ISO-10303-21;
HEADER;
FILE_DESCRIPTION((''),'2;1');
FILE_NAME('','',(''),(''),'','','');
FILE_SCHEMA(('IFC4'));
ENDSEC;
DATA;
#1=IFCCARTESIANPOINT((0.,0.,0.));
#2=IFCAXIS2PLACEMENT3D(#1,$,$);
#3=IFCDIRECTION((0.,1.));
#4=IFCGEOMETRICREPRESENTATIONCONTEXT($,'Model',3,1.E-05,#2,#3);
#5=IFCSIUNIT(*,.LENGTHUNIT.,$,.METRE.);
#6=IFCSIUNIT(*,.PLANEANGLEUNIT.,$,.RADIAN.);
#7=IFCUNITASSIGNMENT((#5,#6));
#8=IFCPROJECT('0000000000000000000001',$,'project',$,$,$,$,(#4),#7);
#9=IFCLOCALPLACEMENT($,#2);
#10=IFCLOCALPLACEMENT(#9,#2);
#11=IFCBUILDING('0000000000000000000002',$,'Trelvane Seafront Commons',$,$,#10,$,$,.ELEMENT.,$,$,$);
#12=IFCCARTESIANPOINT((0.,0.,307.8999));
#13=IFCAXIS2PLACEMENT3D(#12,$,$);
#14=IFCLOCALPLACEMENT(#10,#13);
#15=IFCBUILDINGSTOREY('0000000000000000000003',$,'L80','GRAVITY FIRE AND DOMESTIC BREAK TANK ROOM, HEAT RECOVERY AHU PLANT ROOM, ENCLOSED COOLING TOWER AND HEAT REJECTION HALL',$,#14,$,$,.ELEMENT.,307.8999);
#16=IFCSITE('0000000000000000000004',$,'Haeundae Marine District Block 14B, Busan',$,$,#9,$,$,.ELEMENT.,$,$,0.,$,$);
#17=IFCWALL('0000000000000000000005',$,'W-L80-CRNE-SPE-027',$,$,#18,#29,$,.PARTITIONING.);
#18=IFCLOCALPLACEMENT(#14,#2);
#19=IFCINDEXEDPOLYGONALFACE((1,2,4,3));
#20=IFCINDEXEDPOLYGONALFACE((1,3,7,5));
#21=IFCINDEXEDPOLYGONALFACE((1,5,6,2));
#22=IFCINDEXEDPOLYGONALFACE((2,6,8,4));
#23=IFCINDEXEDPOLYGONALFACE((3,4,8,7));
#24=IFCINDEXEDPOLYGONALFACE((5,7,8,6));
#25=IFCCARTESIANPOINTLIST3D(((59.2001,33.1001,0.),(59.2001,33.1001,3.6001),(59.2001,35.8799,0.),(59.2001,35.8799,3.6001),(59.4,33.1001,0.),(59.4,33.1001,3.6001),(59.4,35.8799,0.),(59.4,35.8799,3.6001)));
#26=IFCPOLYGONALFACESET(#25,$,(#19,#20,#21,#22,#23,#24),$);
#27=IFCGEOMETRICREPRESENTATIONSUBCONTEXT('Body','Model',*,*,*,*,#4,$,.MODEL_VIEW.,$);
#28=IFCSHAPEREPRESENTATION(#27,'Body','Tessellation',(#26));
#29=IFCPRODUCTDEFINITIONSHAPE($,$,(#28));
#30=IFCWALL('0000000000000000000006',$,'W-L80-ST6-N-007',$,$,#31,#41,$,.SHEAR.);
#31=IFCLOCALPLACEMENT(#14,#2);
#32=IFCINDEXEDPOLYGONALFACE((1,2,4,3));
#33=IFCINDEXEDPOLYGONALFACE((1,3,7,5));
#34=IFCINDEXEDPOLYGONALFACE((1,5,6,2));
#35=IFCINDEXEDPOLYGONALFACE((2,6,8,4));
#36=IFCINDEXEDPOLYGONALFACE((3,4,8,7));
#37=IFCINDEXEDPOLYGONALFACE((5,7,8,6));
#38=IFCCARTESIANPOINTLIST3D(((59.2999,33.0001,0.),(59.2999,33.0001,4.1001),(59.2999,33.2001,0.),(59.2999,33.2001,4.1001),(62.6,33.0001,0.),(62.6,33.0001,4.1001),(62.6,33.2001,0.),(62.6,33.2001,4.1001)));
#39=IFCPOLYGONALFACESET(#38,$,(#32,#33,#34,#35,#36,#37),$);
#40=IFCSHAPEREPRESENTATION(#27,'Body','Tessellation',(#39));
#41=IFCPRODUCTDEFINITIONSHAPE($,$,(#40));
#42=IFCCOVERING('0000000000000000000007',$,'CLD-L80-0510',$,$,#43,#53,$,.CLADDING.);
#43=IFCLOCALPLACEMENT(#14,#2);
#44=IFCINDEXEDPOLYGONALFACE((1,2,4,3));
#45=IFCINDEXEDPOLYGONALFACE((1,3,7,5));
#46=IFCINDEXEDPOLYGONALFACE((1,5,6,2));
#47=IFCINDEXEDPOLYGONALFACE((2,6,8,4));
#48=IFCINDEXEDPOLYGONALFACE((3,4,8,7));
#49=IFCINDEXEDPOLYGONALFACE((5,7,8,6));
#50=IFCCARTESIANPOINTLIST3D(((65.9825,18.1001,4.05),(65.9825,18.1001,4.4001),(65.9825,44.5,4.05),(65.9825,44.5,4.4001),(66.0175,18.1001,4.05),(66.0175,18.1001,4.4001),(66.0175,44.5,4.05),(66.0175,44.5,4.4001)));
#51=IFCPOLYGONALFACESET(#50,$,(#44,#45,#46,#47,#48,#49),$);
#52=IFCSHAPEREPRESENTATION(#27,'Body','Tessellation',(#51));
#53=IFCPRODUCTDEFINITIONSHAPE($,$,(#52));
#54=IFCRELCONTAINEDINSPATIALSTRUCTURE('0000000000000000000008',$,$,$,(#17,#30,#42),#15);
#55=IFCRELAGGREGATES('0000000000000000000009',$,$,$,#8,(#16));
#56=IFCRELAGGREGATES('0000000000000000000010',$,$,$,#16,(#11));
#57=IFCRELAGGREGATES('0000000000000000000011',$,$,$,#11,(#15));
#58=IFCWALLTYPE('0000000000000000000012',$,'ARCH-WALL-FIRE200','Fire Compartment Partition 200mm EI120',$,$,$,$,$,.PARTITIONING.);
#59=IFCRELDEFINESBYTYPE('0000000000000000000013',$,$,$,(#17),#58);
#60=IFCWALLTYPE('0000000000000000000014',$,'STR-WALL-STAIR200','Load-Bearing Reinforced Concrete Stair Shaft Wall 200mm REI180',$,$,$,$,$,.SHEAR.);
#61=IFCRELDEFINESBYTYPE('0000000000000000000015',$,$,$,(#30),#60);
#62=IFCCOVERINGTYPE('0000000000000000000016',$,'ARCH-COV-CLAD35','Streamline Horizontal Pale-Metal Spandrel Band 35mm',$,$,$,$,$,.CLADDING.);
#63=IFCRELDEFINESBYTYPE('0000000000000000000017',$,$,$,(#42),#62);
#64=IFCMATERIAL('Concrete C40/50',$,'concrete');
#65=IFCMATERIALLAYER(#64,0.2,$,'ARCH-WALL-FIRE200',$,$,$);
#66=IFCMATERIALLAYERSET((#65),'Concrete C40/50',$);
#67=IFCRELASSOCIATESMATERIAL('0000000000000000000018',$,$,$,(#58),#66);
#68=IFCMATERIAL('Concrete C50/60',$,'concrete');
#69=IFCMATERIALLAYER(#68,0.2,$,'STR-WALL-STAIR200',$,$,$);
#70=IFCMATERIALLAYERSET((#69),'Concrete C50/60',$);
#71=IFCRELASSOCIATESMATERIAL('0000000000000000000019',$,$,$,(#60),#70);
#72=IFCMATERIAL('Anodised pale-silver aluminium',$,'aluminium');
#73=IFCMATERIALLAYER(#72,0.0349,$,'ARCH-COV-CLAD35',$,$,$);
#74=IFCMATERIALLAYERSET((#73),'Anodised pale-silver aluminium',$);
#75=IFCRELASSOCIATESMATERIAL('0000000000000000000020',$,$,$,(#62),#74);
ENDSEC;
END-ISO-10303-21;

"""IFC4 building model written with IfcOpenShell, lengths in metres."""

from ifc_helpers import new_model, si_unit, direction, frame, frame_2d, origin, origin_2d, place, context, subcontext, project, spatial, rectangle, extrude, source, transform, mapped, material, layer, layer_set, type_object, element, save


model = new_model("IFC4")

# Units and contexts
model_context = context("Model", 3, precision=1e-05, world=origin(), true_north=direction((0.0, 1.0)))
body_context = subcontext(model_context, "Body", "Model", "MODEL_VIEW")
ifc_project = project(units=[si_unit("LENGTHUNIT", "METRE"), si_unit("PLANEANGLEUNIT", "RADIAN")], contexts=[model_context])

# Site, building, storey
site_placement = place(None, origin())
site = spatial("IfcSite", under=ifc_project, at=site_placement, Name="Haeundae Marine District Block 14B, Busan", CompositionType="ELEMENT", RefElevation=0.0)
building_placement = place(site_placement, origin())
building = spatial("IfcBuilding", under=site, at=building_placement, Name="Trelvane Seafront Commons", CompositionType="ELEMENT")
storey_placement = place(building_placement, frame((0.0, 0.0, 307.8999)))
storey = spatial("IfcBuildingStorey", under=building, at=storey_placement, Name="L80", Description="GRAVITY FIRE AND DOMESTIC BREAK TANK ROOM, HEAT RECOVERY AHU PLANT ROOM, ENCLOSED COOLING TOWER AND HEAT REJECTION HALL", CompositionType="ELEMENT", Elevation=307.8999)

# Shared definitions
ifc_material_1 = material(Name="Anodised pale-silver aluminium", Category="aluminium")

# Shared definitions
ifc_material_2 = material(Name="Concrete C40/50", Category="concrete")
ifc_layer_1 = layer(ifc_material_2, 0.2, Name="ARCH-WALL-FIRE200")
ifc_layer_set_1 = layer_set([ifc_layer_1], Name="Concrete C40/50")
wall_type_1 = type_object("IfcWallType", Name="ARCH-WALL-FIRE200", Description="Fire Compartment Partition 200mm EI120", PredefinedType="PARTITIONING", material=ifc_layer_set_1)

# Walls
wall_1_placement = place(storey_placement, frame((59.3, 33.1001, 0.0), z_axis=(0.0, 0.0, 1.0), x_axis=(0.0, 1.0, 0.0)))
element("IfcWall", 1, at=wall_1_placement, inside=storey, type_object=wall_type_1, Name="W-L80-CRNE-SPE-027", PredefinedType="PARTITIONING", context=body_context, shape_type="SweptSolid", body=[
    extrude(rectangle(XDim=2.7798, YDim=0.2, at=frame_2d((1.3899, 0.0))), origin(), (0.0, 0.0, 1.0), 3.6001),
])
ifc_material_3 = material(Name="Concrete C50/60", Category="concrete")
ifc_layer_2 = layer(ifc_material_3, 0.2, Name="STR-WALL-STAIR200")
ifc_layer_set_2 = layer_set([ifc_layer_2], Name="Concrete C50/60")
wall_type_2 = type_object("IfcWallType", Name="STR-WALL-STAIR200", Description="Load-Bearing Reinforced Concrete Stair Shaft Wall 200mm REI180", PredefinedType="SHEAR", material=ifc_layer_set_2)
wall_2_placement = place(storey_placement, frame((59.3, 33.1001, 0.0), z_axis=(0.0, 0.0, 1.0), x_axis=(1.0, 0.0, 0.0)))
element("IfcWall", 2, at=wall_2_placement, inside=storey, type_object=wall_type_2, Name="W-L80-ST6-N-007", PredefinedType="SHEAR", context=body_context, shape_type="SweptSolid", body=[
    extrude(rectangle(XDim=3.3, YDim=0.2, at=frame_2d((1.6499, 0.0))), origin(), (0.0, 0.0, 1.0), 4.1001),
])

# Covering
ifc_layer_3 = layer(ifc_material_1, 0.0349, Name="ARCH-COV-CLAD35")
ifc_layer_set_3 = layer_set([ifc_layer_3], Name="Anodised pale-silver aluminium")
covering_type = type_object("IfcCoveringType", Name="ARCH-COV-CLAD35", Description="Streamline Horizontal Pale-Metal Spandrel Band 35mm", PredefinedType="CLADDING", material=ifc_layer_set_3)
shared_shape_1 = source(origin(), body_context, "Body", "SweptSolid", [
    extrude(rectangle(XDim=26.3999, YDim=0.0349, at=origin_2d()), origin(), (0.0, 0.0, 1.0), 0.3501),
])
covering_placement = place(storey_placement, frame((66.0, 31.3, 4.05), z_axis=(0.0, 0.0, 1.0), x_axis=(0.0, -1.0, 0.0)))
element("IfcCovering", 3, at=covering_placement, inside=storey, type_object=covering_type, Name="CLD-L80-0510", PredefinedType="CLADDING", context=body_context, shape_type="MappedRepresentation", body=[
    mapped(shared_shape_1, transform((0.0, 0.0, 0.0), x_axis=(1.0, 0.0, 0.0), y_axis=(0.0, 1.0, 0.0), z_axis=(0.0, 0.0, 1.0), scale=1.0)),
])

save(model, "model.ifc")
